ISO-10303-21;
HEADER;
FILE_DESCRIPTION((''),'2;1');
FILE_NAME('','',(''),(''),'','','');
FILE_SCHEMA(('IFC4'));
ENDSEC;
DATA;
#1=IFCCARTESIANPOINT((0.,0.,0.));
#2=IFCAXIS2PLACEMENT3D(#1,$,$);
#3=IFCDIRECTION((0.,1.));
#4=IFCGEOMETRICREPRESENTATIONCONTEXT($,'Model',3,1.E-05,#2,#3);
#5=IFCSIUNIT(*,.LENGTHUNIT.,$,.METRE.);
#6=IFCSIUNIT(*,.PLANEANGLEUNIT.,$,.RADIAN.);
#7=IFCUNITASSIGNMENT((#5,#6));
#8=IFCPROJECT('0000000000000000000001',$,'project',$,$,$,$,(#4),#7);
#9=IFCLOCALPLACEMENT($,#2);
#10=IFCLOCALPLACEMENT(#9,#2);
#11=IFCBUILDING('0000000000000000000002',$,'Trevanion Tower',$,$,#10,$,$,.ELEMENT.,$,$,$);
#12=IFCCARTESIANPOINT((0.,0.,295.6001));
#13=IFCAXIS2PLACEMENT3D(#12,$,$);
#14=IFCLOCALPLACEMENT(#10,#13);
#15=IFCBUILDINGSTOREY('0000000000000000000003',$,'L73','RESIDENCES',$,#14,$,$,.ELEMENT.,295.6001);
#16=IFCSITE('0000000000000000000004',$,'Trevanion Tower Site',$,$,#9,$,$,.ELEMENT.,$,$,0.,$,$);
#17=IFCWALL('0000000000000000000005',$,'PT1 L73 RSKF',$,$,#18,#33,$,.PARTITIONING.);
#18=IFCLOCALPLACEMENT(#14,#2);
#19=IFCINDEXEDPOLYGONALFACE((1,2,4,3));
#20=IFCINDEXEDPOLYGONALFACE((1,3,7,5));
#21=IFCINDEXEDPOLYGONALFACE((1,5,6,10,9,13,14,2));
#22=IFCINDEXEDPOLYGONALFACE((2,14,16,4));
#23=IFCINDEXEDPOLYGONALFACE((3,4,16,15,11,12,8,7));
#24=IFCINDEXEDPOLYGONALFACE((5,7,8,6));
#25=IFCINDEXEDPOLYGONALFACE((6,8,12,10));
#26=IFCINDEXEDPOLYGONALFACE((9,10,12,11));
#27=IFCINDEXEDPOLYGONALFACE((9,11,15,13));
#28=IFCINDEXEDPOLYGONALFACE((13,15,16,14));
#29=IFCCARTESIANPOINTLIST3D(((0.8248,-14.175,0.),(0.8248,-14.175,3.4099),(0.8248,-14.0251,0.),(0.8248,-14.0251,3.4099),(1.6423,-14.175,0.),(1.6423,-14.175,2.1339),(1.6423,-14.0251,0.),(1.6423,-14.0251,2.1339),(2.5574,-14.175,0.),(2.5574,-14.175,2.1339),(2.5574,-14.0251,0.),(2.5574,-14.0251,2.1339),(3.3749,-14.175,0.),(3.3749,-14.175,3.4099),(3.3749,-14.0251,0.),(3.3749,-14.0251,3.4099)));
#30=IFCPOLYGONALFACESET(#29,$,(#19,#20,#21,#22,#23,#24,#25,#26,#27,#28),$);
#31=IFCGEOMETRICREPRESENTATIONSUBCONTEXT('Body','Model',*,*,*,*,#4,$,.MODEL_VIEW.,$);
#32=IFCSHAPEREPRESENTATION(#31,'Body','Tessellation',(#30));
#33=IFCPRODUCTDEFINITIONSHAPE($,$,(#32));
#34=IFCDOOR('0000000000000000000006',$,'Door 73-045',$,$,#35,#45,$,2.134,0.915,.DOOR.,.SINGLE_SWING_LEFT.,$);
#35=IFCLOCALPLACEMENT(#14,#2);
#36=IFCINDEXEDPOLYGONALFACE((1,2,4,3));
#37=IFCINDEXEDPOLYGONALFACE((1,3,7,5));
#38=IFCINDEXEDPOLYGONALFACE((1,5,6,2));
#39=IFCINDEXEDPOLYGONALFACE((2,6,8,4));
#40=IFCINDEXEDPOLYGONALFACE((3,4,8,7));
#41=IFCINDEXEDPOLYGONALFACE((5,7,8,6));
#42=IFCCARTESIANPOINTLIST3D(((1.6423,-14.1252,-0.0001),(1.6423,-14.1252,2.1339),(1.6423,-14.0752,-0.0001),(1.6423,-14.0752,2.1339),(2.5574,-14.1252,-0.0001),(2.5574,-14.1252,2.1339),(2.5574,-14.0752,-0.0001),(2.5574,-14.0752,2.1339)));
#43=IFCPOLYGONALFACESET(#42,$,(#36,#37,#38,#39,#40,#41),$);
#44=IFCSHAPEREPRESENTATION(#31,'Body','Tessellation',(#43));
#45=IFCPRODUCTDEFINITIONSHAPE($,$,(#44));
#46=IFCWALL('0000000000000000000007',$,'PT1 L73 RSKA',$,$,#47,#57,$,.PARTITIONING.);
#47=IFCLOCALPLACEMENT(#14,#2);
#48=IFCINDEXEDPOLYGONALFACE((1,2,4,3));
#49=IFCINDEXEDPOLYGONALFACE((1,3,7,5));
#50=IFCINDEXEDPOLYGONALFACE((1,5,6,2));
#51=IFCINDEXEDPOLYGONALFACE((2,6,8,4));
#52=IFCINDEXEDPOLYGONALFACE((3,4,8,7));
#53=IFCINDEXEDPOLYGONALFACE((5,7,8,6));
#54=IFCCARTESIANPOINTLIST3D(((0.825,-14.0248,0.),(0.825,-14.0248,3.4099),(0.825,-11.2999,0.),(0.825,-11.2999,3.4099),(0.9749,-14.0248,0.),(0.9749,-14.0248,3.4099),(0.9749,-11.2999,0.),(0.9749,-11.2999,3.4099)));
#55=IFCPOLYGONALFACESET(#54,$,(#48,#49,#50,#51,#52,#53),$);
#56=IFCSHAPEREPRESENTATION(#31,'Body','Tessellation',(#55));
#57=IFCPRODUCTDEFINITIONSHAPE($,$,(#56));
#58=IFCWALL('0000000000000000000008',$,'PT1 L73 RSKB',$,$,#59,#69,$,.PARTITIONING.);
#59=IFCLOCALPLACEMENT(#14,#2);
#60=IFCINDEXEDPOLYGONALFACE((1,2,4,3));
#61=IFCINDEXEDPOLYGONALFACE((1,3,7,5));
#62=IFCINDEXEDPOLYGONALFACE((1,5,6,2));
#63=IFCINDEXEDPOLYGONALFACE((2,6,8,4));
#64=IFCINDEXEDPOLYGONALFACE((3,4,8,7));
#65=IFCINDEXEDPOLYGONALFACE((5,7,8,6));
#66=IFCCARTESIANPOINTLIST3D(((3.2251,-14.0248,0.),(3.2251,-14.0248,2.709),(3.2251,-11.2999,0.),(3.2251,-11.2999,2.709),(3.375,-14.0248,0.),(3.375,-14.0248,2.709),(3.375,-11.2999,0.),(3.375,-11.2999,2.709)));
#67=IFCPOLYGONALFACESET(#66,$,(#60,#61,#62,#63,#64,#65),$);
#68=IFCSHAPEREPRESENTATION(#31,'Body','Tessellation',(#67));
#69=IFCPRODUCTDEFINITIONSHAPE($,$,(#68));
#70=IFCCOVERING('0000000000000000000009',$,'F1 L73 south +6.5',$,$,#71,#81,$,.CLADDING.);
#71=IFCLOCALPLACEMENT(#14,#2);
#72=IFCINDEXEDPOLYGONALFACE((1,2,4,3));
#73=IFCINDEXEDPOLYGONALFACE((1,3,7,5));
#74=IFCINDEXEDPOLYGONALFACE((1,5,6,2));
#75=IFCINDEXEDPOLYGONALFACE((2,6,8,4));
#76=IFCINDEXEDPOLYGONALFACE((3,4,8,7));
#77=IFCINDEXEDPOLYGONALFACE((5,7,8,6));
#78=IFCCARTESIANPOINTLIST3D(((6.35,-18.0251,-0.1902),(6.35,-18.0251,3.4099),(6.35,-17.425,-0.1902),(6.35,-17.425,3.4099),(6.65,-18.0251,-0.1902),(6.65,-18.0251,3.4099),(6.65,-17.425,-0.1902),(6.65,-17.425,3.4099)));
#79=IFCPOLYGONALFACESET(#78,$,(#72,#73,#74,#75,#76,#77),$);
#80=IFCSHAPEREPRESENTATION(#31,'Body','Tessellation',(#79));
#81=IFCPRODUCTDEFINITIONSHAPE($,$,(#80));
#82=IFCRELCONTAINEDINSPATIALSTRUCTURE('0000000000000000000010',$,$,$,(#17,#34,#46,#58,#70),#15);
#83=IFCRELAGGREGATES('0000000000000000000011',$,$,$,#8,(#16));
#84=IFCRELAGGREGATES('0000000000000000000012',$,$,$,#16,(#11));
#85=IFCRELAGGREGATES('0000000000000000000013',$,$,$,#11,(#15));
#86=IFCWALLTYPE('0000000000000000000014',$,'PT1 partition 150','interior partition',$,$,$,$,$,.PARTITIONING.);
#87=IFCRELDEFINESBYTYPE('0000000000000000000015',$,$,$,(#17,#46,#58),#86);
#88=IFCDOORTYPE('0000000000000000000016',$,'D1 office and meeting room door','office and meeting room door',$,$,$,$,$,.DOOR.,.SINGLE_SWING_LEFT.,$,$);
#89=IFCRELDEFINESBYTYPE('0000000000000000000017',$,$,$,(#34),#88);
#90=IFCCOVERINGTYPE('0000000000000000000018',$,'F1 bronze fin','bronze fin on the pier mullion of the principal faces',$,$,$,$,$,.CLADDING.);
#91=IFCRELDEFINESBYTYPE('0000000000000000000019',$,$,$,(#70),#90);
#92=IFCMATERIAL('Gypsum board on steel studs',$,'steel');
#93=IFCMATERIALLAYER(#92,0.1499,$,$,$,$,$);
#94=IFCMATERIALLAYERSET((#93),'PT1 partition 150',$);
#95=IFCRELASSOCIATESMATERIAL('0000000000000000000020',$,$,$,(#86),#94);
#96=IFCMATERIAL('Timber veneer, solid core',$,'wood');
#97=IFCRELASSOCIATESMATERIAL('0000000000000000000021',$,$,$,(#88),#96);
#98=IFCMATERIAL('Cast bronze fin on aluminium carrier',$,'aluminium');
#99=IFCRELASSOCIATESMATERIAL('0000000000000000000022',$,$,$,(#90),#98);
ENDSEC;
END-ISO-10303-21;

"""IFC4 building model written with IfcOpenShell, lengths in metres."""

from ifc_helpers import new_model, si_unit, direction, frame, frame_2d, origin, origin_2d, place, context, subcontext, project, spatial, rectangle, extrude, material, layer, layer_set, type_object, element, fill, save


model = new_model("IFC4")

# Units and contexts
model_context = context("Model", 3, precision=1e-05, world=origin(), true_north=direction((0.0, 1.0)))
body_context = subcontext(model_context, "Body", "Model", "MODEL_VIEW")
ifc_project = project(units=[si_unit("LENGTHUNIT", "METRE"), si_unit("PLANEANGLEUNIT", "RADIAN")], contexts=[model_context])

# Site, building, storey
site_placement = place(None, origin())
site = spatial("IfcSite", under=ifc_project, at=site_placement, Name="Trevanion Tower Site", CompositionType="ELEMENT", RefElevation=0.0)
building_placement = place(site_placement, origin())
building = spatial("IfcBuilding", under=site, at=building_placement, Name="Trevanion Tower", CompositionType="ELEMENT")
storey_placement = place(building_placement, frame((0.0, 0.0, 295.6001)))
storey = spatial("IfcBuildingStorey", under=building, at=storey_placement, Name="L73", Description="RESIDENCES", CompositionType="ELEMENT", Elevation=295.6001)

# Wall, opening, door
ifc_material_1 = material(Name="Gypsum board on steel studs", Category="steel")
ifc_layer_1 = layer(ifc_material_1, 0.1499)
ifc_layer_set_1 = layer_set([ifc_layer_1], Name="PT1 partition 150")
wall_type_1 = type_object("IfcWallType", Name="PT1 partition 150", Description="interior partition", PredefinedType="PARTITIONING", material=ifc_layer_set_1)
wall_1_placement = place(storey_placement, frame((0.825, -14.1001, 0.0), z_axis=(0.0, 0.0, 1.0), x_axis=(1.0, 0.0, 0.0)))
wall_1 = element("IfcWall", 1, at=wall_1_placement, inside=storey, type_object=wall_type_1, Name="PT1 L73 RSKF", PredefinedType="PARTITIONING", context=body_context, shape_type="SweptSolid", body=[
    extrude(rectangle(XDim=2.55, YDim=0.1499, at=frame_2d((1.2749, 0.0))), origin(), (0.0, 0.0, 1.0), 3.4099),
])
opening_placement = place(wall_1_placement, frame((0.8174, 0.0, 0.0)))
opening = element("IfcOpeningElement", 2, at=opening_placement, cuts=wall_1, PredefinedType="OPENING", context=body_context, shape_type="SweptSolid", body=[
    extrude(rectangle(XDim=0.915, YDim=2.134, at=frame_2d((0.4575, 1.0669))), frame((0.0, 0.085, 0.0), z_axis=(0.0, -1.0, 0.0), x_axis=(1.0, 0.0, 0.0)), (0.0, 0.0, 1.0), 0.1699),
])
ifc_material_2 = material(Name="Timber veneer, solid core", Category="wood")
door_type = type_object("IfcDoorType", Name="D1 office and meeting room door", Description="office and meeting room door", OperationType="SINGLE_SWING_LEFT", PredefinedType="DOOR", material=ifc_material_2)
door_placement = place(opening_placement, origin())
door = element("IfcDoor", 3, at=door_placement, inside=storey, type_object=door_type, Name="Door 73-045", OperationType="SINGLE_SWING_LEFT", OverallHeight=2.134, OverallWidth=0.915, PredefinedType="DOOR", context=body_context, shape_type="SweptSolid", body=[
    extrude(rectangle(XDim=0.915, YDim=2.134, at=frame_2d((0.4575, 1.0669))), frame((0.0, 0.0249, 0.0), z_axis=(0.0, -1.0, 0.0), x_axis=(1.0, 0.0, 0.0)), (0.0, 0.0, 1.0), 0.05),
])
fill(opening, door)

# Walls
wall_2_placement = place(storey_placement, frame((0.8999, -11.3, 0.0), z_axis=(0.0, 0.0, 1.0), x_axis=(0.0, -1.0, 0.0)))
element("IfcWall", 4, at=wall_2_placement, inside=storey, type_object=wall_type_1, Name="PT1 L73 RSKA", PredefinedType="PARTITIONING", context=body_context, shape_type="SweptSolid", body=[
    extrude(rectangle(XDim=2.7249, YDim=0.1499, at=frame_2d((1.3623, 0.0))), origin(), (0.0, 0.0, 1.0), 3.4099),
])
wall_3_placement = place(storey_placement, frame((3.3, -11.3, 0.0), z_axis=(0.0, 0.0, 1.0), x_axis=(0.0, -1.0, 0.0)))
element("IfcWall", 5, at=wall_3_placement, inside=storey, type_object=wall_type_1, Name="PT1 L73 RSKB", PredefinedType="PARTITIONING", context=body_context, shape_type="SweptSolid", body=[
    extrude(rectangle(XDim=2.7249, YDim=0.1499, at=frame_2d((1.3623, 0.0))), origin(), (0.0, 0.0, 1.0), 2.709),
])

# Covering
ifc_material_3 = material(Name="Cast bronze fin on aluminium carrier", Category="aluminium")
covering_type = type_object("IfcCoveringType", Name="F1 bronze fin", Description="bronze fin on the pier mullion of the principal faces", PredefinedType="CLADDING", material=ifc_material_3)
covering_placement = place(storey_placement, frame((6.5, -17.7251, -0.1902), z_axis=(0.0, 0.0, 1.0), x_axis=(1.0, 0.0, 0.0)))
element("IfcCovering", 6, at=covering_placement, inside=storey, type_object=covering_type, Name="F1 L73 south +6.5", PredefinedType="CLADDING", context=body_context, shape_type="SweptSolid", body=[
    extrude(rectangle(XDim=0.3, YDim=0.6001, at=origin_2d()), origin(), (0.0, 0.0, 1.0), 3.6001),
])

save(model, "model.ifc")
